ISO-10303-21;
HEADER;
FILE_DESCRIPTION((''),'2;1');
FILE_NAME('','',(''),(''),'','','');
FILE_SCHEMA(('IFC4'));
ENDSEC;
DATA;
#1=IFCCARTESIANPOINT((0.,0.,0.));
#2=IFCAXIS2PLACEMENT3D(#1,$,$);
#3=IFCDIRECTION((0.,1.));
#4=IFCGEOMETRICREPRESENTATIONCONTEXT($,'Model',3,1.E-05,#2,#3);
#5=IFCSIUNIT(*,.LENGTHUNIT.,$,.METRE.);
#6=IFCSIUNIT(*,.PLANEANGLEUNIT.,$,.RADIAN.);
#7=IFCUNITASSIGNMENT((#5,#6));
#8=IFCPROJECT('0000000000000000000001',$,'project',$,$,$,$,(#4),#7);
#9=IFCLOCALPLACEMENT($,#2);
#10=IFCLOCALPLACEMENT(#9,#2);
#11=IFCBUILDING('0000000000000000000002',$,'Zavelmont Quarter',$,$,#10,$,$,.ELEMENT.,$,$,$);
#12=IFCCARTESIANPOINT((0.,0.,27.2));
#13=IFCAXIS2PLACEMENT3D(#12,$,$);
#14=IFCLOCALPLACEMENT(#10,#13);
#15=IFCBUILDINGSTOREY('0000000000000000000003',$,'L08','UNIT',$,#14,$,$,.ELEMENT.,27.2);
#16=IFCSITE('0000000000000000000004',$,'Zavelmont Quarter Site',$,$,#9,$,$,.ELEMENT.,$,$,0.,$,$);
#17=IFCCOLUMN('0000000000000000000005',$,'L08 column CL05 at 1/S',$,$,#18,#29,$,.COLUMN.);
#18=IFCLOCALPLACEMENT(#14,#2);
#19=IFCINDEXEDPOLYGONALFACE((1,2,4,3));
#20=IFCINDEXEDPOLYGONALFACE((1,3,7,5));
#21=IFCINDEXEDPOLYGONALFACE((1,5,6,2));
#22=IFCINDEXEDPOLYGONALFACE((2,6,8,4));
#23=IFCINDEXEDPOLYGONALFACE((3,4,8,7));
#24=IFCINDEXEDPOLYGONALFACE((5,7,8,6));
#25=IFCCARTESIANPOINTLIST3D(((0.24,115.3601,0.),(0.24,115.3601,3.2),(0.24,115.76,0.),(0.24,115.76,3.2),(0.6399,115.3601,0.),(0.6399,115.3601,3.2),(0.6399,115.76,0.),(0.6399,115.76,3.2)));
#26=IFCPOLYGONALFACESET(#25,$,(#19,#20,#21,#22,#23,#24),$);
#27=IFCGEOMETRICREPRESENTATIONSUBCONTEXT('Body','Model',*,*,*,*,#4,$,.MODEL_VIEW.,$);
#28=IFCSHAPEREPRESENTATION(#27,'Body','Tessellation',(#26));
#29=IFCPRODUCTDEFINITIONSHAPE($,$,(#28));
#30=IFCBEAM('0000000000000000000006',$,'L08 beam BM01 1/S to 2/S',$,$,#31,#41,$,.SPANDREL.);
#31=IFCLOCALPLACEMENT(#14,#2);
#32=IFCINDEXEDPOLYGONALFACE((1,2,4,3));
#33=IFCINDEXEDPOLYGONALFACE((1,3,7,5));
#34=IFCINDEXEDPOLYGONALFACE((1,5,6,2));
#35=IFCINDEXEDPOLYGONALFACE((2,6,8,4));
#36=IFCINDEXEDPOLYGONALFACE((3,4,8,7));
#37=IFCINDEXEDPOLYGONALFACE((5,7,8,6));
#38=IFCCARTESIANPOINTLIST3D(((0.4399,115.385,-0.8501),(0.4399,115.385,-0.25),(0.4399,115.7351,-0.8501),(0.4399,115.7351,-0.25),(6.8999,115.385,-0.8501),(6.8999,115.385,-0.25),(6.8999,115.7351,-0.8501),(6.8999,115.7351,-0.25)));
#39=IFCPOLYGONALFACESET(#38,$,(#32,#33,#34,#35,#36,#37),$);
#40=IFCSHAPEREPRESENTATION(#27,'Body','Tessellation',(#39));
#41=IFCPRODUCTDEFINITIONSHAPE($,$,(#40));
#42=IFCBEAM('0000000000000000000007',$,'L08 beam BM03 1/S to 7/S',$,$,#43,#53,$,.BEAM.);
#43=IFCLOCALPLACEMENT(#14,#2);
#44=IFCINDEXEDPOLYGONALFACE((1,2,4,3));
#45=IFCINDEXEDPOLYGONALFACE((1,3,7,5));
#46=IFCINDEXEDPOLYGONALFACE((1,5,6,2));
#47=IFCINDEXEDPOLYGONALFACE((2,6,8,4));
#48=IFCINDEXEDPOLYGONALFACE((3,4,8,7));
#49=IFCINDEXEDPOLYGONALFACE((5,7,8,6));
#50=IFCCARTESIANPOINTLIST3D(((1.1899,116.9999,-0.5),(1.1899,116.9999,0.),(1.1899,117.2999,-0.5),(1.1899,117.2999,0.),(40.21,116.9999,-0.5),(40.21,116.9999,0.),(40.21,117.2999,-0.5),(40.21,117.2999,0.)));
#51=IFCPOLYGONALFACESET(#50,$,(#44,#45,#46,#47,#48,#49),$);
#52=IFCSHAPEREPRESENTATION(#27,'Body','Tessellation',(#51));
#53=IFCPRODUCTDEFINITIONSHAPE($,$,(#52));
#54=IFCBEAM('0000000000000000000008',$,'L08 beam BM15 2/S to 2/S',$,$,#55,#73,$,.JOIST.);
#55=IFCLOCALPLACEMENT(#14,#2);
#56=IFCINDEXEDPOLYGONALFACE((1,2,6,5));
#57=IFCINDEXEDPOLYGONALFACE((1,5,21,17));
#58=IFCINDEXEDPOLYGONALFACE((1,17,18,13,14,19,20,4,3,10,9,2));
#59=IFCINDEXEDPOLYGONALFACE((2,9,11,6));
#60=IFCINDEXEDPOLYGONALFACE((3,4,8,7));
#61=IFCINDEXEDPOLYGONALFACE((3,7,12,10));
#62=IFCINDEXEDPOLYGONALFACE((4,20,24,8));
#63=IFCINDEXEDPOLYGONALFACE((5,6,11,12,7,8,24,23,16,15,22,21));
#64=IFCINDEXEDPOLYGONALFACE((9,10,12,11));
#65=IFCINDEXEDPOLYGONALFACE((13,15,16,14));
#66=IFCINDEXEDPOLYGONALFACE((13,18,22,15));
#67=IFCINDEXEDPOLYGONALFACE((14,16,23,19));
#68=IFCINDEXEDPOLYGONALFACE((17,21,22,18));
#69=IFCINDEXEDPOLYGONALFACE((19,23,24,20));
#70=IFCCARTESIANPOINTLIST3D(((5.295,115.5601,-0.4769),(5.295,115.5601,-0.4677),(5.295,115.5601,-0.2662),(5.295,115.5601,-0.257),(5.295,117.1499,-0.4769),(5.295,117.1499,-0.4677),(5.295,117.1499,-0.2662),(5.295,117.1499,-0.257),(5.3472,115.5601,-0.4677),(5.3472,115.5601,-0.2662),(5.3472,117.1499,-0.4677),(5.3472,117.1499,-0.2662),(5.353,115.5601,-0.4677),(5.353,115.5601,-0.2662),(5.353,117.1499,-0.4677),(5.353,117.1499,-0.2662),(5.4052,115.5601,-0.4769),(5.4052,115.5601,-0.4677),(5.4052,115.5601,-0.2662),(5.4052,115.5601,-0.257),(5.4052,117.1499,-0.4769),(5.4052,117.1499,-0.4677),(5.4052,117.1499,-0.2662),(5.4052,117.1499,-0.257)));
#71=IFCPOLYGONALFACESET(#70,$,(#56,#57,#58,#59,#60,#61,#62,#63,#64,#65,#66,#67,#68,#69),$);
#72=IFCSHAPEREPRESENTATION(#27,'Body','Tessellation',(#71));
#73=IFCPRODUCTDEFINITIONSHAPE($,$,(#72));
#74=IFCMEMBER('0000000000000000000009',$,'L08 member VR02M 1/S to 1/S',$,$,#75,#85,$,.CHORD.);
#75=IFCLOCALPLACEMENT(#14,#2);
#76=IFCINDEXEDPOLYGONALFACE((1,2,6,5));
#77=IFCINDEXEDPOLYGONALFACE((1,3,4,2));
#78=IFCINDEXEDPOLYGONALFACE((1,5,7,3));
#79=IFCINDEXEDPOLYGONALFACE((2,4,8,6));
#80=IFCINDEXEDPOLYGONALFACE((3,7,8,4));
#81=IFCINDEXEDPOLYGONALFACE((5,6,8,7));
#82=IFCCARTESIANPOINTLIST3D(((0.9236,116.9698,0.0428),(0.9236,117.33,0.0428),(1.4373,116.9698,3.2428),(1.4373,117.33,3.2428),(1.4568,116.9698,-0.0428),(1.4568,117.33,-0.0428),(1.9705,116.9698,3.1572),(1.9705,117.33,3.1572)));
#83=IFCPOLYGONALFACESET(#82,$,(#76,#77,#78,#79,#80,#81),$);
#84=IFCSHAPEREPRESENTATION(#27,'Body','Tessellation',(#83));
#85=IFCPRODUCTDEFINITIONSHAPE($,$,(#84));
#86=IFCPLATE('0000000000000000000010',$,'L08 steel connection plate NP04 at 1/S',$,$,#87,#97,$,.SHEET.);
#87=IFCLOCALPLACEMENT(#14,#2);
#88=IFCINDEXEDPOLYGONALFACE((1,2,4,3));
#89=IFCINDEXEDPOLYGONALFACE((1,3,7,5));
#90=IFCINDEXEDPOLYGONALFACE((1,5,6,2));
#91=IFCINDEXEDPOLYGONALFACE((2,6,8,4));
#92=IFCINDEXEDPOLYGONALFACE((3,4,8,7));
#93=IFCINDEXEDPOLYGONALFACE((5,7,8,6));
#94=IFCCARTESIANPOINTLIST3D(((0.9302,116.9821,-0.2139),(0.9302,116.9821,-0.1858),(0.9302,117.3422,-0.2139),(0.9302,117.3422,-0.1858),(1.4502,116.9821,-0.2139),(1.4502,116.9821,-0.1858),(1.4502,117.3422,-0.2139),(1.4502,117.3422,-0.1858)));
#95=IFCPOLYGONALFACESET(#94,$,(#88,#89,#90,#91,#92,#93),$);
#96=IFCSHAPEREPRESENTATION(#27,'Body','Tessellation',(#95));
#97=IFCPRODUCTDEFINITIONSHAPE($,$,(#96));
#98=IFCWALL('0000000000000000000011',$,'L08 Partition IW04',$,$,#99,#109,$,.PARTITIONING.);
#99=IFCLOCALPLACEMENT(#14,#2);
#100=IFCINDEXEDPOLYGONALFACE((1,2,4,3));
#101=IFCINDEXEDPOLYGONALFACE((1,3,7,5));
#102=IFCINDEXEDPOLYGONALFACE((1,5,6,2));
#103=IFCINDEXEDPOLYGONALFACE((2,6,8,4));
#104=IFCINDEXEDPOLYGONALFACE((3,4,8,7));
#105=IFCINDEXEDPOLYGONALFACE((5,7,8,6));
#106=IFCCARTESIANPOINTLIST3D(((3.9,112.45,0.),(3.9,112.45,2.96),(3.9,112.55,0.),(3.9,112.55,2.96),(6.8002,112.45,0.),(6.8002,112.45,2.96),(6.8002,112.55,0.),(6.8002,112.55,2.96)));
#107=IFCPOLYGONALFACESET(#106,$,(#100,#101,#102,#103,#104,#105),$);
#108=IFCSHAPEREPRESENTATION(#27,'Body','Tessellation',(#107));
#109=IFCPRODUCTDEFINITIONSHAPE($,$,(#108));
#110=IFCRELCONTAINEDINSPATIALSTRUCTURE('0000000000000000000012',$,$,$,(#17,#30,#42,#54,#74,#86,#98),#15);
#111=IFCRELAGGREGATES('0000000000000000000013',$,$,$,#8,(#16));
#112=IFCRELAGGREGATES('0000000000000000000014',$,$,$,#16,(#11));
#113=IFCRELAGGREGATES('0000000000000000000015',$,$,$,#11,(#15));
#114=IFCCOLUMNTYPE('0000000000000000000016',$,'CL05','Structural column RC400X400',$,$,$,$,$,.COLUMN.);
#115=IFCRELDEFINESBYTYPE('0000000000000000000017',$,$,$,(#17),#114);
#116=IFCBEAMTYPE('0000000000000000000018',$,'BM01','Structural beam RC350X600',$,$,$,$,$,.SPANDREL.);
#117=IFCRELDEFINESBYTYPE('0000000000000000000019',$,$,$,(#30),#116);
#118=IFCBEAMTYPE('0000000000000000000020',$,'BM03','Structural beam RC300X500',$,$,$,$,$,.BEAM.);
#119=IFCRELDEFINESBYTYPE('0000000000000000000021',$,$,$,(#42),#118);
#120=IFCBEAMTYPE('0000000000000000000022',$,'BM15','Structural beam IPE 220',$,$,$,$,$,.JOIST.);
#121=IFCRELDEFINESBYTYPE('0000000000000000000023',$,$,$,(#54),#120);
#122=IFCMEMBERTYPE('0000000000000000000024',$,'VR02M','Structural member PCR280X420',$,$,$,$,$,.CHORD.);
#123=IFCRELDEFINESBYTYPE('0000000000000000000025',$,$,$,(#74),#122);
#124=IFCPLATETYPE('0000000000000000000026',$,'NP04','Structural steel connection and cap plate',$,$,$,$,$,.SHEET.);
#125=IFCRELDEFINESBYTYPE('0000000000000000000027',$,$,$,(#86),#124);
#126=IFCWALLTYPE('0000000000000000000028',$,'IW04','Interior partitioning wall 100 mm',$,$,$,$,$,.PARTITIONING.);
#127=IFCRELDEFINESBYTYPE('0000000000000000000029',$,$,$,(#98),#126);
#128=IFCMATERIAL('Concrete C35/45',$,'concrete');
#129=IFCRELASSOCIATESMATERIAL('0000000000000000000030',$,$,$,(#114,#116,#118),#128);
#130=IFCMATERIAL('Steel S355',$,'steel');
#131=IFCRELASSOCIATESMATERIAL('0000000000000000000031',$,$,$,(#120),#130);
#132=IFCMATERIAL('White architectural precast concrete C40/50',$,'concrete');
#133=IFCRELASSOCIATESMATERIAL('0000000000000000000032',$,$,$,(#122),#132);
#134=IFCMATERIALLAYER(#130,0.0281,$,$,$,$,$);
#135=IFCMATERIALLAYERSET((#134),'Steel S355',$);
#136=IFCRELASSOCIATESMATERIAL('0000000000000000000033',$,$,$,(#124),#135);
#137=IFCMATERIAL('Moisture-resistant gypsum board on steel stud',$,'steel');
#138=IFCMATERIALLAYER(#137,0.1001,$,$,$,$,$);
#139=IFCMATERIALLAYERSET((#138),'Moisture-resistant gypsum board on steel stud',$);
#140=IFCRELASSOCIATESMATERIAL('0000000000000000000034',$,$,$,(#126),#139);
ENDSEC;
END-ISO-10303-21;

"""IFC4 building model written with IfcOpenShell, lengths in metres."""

from ifc_helpers import new_model, si_unit, direction, frame, frame_2d, origin, origin_2d, place, context, subcontext, project, spatial, rectangle, i_section, extrude, material, layer, layer_set, material_profile, profile_set, type_object, element, save


model = new_model("IFC4")

# Units and contexts
model_context = context("Model", 3, precision=1e-05, world=origin(), true_north=direction((0.0, 1.0)))
body_context = subcontext(model_context, "Body", "Model", "MODEL_VIEW")
ifc_project = project(units=[si_unit("LENGTHUNIT", "METRE"), si_unit("PLANEANGLEUNIT", "RADIAN")], contexts=[model_context])

# Site, building, storey
site_placement = place(None, origin())
site = spatial("IfcSite", under=ifc_project, at=site_placement, Name="Zavelmont Quarter Site", CompositionType="ELEMENT", RefElevation=0.0)
building_placement = place(site_placement, origin())
building = spatial("IfcBuilding", under=site, at=building_placement, Name="Zavelmont Quarter", CompositionType="ELEMENT")
storey_placement = place(building_placement, frame((0.0, 0.0, 27.2)))
storey = spatial("IfcBuildingStorey", under=building, at=storey_placement, Name="L08", Description="UNIT", CompositionType="ELEMENT", Elevation=27.2)

# Column
ifc_material_1 = material(Name="Concrete C35/45", Category="concrete")
ifc_material_profile_1 = material_profile(ifc_material_1, rectangle(XDim=0.3999, YDim=0.3999, at=origin_2d()), Name="RC400X400")
ifc_profile_set_1 = profile_set([ifc_material_profile_1], Name="Concrete C35/45")
column_type = type_object("IfcColumnType", Name="CL05", Description="Structural column RC400X400", PredefinedType="COLUMN", material=ifc_profile_set_1)
column_placement = place(storey_placement, frame((0.4399, 115.5601, 0.0), z_axis=(0.0, 0.0, 1.0), x_axis=(1.0, 0.0, 0.0)))
element("IfcColumn", 1, at=column_placement, inside=storey, type_object=column_type, Name="L08 column CL05 at 1/S", PredefinedType="COLUMN", context=body_context, shape_type="SweptSolid", body=[
    extrude(rectangle(XDim=0.3999, YDim=0.3999, at=origin_2d()), origin(), (0.0, 0.0, 1.0), 3.2),
])

# Beams
ifc_material_profile_2 = material_profile(ifc_material_1, rectangle(XDim=0.3501, YDim=0.6001, at=origin_2d()), Name="RC350X600")
ifc_profile_set_2 = profile_set([ifc_material_profile_2], Name="Concrete C35/45")
beam_type_1 = type_object("IfcBeamType", Name="BM01", Description="Structural beam RC350X600", PredefinedType="SPANDREL", material=ifc_profile_set_2)
beam_1_placement = place(storey_placement, frame((0.4399, 115.5601, -0.55), z_axis=(1.0, 0.0, 0.0), x_axis=(0.0, 1.0, 0.0)))
element("IfcBeam", 2, at=beam_1_placement, inside=storey, type_object=beam_type_1, Name="L08 beam BM01 1/S to 2/S", PredefinedType="SPANDREL", context=body_context, shape_type="SweptSolid", body=[
    extrude(rectangle(XDim=0.3501, YDim=0.6001, at=origin_2d()), origin(), (0.0, 0.0, 1.0), 6.46),
])
ifc_material_profile_3 = material_profile(ifc_material_1, rectangle(XDim=0.3, YDim=0.5, at=origin_2d()), Name="RC300X500")
ifc_profile_set_3 = profile_set([ifc_material_profile_3], Name="Concrete C35/45")
beam_type_2 = type_object("IfcBeamType", Name="BM03", Description="Structural beam RC300X500", PredefinedType="BEAM", material=ifc_profile_set_3)
beam_2_placement = place(storey_placement, frame((1.1899, 117.1499, -0.25), z_axis=(1.0, 0.0, 0.0), x_axis=(0.0, 1.0, 0.0)))
element("IfcBeam", 3, at=beam_2_placement, inside=storey, type_object=beam_type_2, Name="L08 beam BM03 1/S to 7/S", PredefinedType="BEAM", context=body_context, shape_type="SweptSolid", body=[
    extrude(rectangle(XDim=0.3, YDim=0.5, at=origin_2d()), origin(), (0.0, 0.0, 1.0), 39.02),
])
ifc_material_2 = material(Name="Steel S355", Category="steel")
ifc_material_profile_4 = material_profile(ifc_material_2, i_section(OverallWidth=0.1101, OverallDepth=0.22, WebThickness=0.0059, FlangeThickness=0.0093, at=origin_2d()), Name="IPE 220")
ifc_profile_set_4 = profile_set([ifc_material_profile_4], Name="Steel S355")
beam_type_3 = type_object("IfcBeamType", Name="BM15", Description="Structural beam IPE 220", PredefinedType="JOIST", material=ifc_profile_set_4)
beam_3_placement = place(storey_placement, frame((5.3501, 115.5601, -0.3669), z_axis=(0.0, 1.0, 0.0), x_axis=(-1.0, 0.0, 0.0)))
element("IfcBeam", 4, at=beam_3_placement, inside=storey, type_object=beam_type_3, Name="L08 beam BM15 2/S to 2/S", PredefinedType="JOIST", context=body_context, shape_type="SweptSolid", body=[
    extrude(i_section(OverallWidth=0.1101, OverallDepth=0.22, WebThickness=0.0059, FlangeThickness=0.0093, at=origin_2d()), origin(), (0.0, 0.0, 1.0), 1.5898),
])

# Member
ifc_material_3 = material(Name="White architectural precast concrete C40/50", Category="concrete")
ifc_material_profile_5 = material_profile(ifc_material_3, rectangle(XDim=0.3601, YDim=0.54, at=origin_2d()), Name="PCR280X420")
ifc_profile_set_5 = profile_set([ifc_material_profile_5], Name="White architectural precast concrete C40/50")
member_type = type_object("IfcMemberType", Name="VR02M", Description="Structural member PCR280X420", PredefinedType="CHORD", material=ifc_profile_set_5)
member_placement = place(storey_placement, frame((1.1902, 117.1499, 0.0), z_axis=(0.158496, 0.0, 0.98736), x_axis=(0.0, 1.0, 0.0)))
element("IfcMember", 5, at=member_placement, inside=storey, type_object=member_type, Name="L08 member VR02M 1/S to 1/S", PredefinedType="CHORD", context=body_context, shape_type="SweptSolid", body=[
    extrude(rectangle(XDim=0.3601, YDim=0.54, at=origin_2d()), origin(), (0.0, 0.0, 1.0), 3.241),
])

# Plate
ifc_layer_1 = layer(ifc_material_2, 0.0281)
ifc_layer_set_1 = layer_set([ifc_layer_1], Name="Steel S355")
plate_type = type_object("IfcPlateType", Name="NP04", Description="Structural steel connection and cap plate", PredefinedType="SHEET", material=ifc_layer_set_1)
plate_placement = place(storey_placement, frame((1.1902, 117.1621, -0.2139), z_axis=(0.0, 0.0, 1.0), x_axis=(1.0, 0.0, 0.0)))
element("IfcPlate", 6, at=plate_placement, inside=storey, type_object=plate_type, Name="L08 steel connection plate NP04 at 1/S", PredefinedType="SHEET", context=body_context, shape_type="SweptSolid", body=[
    extrude(rectangle(XDim=0.52, YDim=0.3601, at=origin_2d()), origin(), (0.0, 0.0, 1.0), 0.0281),
])

# Wall
ifc_material_4 = material(Name="Moisture-resistant gypsum board on steel stud", Category="steel")
ifc_layer_2 = layer(ifc_material_4, 0.1001)
ifc_layer_set_2 = layer_set([ifc_layer_2], Name="Moisture-resistant gypsum board on steel stud")
wall_type_1 = type_object("IfcWallType", Name="IW04", Description="Interior partitioning wall 100 mm", PredefinedType="PARTITIONING", material=ifc_layer_set_2)
wall_1_placement = place(storey_placement, frame((3.8999, 112.5, 0.0), z_axis=(0.0, 0.0, 1.0), x_axis=(1.0, 0.0, 0.0)))
element("IfcWall", 7, at=wall_1_placement, inside=storey, type_object=wall_type_1, Name="L08 Partition IW04", PredefinedType="PARTITIONING", context=body_context, shape_type="SweptSolid", body=[
    extrude(rectangle(XDim=2.9001, YDim=0.1001, at=frame_2d((1.4502, 0.0))), origin(), (0.0, 0.0, 1.0), 2.96),
])

save(model, "model.ifc")
